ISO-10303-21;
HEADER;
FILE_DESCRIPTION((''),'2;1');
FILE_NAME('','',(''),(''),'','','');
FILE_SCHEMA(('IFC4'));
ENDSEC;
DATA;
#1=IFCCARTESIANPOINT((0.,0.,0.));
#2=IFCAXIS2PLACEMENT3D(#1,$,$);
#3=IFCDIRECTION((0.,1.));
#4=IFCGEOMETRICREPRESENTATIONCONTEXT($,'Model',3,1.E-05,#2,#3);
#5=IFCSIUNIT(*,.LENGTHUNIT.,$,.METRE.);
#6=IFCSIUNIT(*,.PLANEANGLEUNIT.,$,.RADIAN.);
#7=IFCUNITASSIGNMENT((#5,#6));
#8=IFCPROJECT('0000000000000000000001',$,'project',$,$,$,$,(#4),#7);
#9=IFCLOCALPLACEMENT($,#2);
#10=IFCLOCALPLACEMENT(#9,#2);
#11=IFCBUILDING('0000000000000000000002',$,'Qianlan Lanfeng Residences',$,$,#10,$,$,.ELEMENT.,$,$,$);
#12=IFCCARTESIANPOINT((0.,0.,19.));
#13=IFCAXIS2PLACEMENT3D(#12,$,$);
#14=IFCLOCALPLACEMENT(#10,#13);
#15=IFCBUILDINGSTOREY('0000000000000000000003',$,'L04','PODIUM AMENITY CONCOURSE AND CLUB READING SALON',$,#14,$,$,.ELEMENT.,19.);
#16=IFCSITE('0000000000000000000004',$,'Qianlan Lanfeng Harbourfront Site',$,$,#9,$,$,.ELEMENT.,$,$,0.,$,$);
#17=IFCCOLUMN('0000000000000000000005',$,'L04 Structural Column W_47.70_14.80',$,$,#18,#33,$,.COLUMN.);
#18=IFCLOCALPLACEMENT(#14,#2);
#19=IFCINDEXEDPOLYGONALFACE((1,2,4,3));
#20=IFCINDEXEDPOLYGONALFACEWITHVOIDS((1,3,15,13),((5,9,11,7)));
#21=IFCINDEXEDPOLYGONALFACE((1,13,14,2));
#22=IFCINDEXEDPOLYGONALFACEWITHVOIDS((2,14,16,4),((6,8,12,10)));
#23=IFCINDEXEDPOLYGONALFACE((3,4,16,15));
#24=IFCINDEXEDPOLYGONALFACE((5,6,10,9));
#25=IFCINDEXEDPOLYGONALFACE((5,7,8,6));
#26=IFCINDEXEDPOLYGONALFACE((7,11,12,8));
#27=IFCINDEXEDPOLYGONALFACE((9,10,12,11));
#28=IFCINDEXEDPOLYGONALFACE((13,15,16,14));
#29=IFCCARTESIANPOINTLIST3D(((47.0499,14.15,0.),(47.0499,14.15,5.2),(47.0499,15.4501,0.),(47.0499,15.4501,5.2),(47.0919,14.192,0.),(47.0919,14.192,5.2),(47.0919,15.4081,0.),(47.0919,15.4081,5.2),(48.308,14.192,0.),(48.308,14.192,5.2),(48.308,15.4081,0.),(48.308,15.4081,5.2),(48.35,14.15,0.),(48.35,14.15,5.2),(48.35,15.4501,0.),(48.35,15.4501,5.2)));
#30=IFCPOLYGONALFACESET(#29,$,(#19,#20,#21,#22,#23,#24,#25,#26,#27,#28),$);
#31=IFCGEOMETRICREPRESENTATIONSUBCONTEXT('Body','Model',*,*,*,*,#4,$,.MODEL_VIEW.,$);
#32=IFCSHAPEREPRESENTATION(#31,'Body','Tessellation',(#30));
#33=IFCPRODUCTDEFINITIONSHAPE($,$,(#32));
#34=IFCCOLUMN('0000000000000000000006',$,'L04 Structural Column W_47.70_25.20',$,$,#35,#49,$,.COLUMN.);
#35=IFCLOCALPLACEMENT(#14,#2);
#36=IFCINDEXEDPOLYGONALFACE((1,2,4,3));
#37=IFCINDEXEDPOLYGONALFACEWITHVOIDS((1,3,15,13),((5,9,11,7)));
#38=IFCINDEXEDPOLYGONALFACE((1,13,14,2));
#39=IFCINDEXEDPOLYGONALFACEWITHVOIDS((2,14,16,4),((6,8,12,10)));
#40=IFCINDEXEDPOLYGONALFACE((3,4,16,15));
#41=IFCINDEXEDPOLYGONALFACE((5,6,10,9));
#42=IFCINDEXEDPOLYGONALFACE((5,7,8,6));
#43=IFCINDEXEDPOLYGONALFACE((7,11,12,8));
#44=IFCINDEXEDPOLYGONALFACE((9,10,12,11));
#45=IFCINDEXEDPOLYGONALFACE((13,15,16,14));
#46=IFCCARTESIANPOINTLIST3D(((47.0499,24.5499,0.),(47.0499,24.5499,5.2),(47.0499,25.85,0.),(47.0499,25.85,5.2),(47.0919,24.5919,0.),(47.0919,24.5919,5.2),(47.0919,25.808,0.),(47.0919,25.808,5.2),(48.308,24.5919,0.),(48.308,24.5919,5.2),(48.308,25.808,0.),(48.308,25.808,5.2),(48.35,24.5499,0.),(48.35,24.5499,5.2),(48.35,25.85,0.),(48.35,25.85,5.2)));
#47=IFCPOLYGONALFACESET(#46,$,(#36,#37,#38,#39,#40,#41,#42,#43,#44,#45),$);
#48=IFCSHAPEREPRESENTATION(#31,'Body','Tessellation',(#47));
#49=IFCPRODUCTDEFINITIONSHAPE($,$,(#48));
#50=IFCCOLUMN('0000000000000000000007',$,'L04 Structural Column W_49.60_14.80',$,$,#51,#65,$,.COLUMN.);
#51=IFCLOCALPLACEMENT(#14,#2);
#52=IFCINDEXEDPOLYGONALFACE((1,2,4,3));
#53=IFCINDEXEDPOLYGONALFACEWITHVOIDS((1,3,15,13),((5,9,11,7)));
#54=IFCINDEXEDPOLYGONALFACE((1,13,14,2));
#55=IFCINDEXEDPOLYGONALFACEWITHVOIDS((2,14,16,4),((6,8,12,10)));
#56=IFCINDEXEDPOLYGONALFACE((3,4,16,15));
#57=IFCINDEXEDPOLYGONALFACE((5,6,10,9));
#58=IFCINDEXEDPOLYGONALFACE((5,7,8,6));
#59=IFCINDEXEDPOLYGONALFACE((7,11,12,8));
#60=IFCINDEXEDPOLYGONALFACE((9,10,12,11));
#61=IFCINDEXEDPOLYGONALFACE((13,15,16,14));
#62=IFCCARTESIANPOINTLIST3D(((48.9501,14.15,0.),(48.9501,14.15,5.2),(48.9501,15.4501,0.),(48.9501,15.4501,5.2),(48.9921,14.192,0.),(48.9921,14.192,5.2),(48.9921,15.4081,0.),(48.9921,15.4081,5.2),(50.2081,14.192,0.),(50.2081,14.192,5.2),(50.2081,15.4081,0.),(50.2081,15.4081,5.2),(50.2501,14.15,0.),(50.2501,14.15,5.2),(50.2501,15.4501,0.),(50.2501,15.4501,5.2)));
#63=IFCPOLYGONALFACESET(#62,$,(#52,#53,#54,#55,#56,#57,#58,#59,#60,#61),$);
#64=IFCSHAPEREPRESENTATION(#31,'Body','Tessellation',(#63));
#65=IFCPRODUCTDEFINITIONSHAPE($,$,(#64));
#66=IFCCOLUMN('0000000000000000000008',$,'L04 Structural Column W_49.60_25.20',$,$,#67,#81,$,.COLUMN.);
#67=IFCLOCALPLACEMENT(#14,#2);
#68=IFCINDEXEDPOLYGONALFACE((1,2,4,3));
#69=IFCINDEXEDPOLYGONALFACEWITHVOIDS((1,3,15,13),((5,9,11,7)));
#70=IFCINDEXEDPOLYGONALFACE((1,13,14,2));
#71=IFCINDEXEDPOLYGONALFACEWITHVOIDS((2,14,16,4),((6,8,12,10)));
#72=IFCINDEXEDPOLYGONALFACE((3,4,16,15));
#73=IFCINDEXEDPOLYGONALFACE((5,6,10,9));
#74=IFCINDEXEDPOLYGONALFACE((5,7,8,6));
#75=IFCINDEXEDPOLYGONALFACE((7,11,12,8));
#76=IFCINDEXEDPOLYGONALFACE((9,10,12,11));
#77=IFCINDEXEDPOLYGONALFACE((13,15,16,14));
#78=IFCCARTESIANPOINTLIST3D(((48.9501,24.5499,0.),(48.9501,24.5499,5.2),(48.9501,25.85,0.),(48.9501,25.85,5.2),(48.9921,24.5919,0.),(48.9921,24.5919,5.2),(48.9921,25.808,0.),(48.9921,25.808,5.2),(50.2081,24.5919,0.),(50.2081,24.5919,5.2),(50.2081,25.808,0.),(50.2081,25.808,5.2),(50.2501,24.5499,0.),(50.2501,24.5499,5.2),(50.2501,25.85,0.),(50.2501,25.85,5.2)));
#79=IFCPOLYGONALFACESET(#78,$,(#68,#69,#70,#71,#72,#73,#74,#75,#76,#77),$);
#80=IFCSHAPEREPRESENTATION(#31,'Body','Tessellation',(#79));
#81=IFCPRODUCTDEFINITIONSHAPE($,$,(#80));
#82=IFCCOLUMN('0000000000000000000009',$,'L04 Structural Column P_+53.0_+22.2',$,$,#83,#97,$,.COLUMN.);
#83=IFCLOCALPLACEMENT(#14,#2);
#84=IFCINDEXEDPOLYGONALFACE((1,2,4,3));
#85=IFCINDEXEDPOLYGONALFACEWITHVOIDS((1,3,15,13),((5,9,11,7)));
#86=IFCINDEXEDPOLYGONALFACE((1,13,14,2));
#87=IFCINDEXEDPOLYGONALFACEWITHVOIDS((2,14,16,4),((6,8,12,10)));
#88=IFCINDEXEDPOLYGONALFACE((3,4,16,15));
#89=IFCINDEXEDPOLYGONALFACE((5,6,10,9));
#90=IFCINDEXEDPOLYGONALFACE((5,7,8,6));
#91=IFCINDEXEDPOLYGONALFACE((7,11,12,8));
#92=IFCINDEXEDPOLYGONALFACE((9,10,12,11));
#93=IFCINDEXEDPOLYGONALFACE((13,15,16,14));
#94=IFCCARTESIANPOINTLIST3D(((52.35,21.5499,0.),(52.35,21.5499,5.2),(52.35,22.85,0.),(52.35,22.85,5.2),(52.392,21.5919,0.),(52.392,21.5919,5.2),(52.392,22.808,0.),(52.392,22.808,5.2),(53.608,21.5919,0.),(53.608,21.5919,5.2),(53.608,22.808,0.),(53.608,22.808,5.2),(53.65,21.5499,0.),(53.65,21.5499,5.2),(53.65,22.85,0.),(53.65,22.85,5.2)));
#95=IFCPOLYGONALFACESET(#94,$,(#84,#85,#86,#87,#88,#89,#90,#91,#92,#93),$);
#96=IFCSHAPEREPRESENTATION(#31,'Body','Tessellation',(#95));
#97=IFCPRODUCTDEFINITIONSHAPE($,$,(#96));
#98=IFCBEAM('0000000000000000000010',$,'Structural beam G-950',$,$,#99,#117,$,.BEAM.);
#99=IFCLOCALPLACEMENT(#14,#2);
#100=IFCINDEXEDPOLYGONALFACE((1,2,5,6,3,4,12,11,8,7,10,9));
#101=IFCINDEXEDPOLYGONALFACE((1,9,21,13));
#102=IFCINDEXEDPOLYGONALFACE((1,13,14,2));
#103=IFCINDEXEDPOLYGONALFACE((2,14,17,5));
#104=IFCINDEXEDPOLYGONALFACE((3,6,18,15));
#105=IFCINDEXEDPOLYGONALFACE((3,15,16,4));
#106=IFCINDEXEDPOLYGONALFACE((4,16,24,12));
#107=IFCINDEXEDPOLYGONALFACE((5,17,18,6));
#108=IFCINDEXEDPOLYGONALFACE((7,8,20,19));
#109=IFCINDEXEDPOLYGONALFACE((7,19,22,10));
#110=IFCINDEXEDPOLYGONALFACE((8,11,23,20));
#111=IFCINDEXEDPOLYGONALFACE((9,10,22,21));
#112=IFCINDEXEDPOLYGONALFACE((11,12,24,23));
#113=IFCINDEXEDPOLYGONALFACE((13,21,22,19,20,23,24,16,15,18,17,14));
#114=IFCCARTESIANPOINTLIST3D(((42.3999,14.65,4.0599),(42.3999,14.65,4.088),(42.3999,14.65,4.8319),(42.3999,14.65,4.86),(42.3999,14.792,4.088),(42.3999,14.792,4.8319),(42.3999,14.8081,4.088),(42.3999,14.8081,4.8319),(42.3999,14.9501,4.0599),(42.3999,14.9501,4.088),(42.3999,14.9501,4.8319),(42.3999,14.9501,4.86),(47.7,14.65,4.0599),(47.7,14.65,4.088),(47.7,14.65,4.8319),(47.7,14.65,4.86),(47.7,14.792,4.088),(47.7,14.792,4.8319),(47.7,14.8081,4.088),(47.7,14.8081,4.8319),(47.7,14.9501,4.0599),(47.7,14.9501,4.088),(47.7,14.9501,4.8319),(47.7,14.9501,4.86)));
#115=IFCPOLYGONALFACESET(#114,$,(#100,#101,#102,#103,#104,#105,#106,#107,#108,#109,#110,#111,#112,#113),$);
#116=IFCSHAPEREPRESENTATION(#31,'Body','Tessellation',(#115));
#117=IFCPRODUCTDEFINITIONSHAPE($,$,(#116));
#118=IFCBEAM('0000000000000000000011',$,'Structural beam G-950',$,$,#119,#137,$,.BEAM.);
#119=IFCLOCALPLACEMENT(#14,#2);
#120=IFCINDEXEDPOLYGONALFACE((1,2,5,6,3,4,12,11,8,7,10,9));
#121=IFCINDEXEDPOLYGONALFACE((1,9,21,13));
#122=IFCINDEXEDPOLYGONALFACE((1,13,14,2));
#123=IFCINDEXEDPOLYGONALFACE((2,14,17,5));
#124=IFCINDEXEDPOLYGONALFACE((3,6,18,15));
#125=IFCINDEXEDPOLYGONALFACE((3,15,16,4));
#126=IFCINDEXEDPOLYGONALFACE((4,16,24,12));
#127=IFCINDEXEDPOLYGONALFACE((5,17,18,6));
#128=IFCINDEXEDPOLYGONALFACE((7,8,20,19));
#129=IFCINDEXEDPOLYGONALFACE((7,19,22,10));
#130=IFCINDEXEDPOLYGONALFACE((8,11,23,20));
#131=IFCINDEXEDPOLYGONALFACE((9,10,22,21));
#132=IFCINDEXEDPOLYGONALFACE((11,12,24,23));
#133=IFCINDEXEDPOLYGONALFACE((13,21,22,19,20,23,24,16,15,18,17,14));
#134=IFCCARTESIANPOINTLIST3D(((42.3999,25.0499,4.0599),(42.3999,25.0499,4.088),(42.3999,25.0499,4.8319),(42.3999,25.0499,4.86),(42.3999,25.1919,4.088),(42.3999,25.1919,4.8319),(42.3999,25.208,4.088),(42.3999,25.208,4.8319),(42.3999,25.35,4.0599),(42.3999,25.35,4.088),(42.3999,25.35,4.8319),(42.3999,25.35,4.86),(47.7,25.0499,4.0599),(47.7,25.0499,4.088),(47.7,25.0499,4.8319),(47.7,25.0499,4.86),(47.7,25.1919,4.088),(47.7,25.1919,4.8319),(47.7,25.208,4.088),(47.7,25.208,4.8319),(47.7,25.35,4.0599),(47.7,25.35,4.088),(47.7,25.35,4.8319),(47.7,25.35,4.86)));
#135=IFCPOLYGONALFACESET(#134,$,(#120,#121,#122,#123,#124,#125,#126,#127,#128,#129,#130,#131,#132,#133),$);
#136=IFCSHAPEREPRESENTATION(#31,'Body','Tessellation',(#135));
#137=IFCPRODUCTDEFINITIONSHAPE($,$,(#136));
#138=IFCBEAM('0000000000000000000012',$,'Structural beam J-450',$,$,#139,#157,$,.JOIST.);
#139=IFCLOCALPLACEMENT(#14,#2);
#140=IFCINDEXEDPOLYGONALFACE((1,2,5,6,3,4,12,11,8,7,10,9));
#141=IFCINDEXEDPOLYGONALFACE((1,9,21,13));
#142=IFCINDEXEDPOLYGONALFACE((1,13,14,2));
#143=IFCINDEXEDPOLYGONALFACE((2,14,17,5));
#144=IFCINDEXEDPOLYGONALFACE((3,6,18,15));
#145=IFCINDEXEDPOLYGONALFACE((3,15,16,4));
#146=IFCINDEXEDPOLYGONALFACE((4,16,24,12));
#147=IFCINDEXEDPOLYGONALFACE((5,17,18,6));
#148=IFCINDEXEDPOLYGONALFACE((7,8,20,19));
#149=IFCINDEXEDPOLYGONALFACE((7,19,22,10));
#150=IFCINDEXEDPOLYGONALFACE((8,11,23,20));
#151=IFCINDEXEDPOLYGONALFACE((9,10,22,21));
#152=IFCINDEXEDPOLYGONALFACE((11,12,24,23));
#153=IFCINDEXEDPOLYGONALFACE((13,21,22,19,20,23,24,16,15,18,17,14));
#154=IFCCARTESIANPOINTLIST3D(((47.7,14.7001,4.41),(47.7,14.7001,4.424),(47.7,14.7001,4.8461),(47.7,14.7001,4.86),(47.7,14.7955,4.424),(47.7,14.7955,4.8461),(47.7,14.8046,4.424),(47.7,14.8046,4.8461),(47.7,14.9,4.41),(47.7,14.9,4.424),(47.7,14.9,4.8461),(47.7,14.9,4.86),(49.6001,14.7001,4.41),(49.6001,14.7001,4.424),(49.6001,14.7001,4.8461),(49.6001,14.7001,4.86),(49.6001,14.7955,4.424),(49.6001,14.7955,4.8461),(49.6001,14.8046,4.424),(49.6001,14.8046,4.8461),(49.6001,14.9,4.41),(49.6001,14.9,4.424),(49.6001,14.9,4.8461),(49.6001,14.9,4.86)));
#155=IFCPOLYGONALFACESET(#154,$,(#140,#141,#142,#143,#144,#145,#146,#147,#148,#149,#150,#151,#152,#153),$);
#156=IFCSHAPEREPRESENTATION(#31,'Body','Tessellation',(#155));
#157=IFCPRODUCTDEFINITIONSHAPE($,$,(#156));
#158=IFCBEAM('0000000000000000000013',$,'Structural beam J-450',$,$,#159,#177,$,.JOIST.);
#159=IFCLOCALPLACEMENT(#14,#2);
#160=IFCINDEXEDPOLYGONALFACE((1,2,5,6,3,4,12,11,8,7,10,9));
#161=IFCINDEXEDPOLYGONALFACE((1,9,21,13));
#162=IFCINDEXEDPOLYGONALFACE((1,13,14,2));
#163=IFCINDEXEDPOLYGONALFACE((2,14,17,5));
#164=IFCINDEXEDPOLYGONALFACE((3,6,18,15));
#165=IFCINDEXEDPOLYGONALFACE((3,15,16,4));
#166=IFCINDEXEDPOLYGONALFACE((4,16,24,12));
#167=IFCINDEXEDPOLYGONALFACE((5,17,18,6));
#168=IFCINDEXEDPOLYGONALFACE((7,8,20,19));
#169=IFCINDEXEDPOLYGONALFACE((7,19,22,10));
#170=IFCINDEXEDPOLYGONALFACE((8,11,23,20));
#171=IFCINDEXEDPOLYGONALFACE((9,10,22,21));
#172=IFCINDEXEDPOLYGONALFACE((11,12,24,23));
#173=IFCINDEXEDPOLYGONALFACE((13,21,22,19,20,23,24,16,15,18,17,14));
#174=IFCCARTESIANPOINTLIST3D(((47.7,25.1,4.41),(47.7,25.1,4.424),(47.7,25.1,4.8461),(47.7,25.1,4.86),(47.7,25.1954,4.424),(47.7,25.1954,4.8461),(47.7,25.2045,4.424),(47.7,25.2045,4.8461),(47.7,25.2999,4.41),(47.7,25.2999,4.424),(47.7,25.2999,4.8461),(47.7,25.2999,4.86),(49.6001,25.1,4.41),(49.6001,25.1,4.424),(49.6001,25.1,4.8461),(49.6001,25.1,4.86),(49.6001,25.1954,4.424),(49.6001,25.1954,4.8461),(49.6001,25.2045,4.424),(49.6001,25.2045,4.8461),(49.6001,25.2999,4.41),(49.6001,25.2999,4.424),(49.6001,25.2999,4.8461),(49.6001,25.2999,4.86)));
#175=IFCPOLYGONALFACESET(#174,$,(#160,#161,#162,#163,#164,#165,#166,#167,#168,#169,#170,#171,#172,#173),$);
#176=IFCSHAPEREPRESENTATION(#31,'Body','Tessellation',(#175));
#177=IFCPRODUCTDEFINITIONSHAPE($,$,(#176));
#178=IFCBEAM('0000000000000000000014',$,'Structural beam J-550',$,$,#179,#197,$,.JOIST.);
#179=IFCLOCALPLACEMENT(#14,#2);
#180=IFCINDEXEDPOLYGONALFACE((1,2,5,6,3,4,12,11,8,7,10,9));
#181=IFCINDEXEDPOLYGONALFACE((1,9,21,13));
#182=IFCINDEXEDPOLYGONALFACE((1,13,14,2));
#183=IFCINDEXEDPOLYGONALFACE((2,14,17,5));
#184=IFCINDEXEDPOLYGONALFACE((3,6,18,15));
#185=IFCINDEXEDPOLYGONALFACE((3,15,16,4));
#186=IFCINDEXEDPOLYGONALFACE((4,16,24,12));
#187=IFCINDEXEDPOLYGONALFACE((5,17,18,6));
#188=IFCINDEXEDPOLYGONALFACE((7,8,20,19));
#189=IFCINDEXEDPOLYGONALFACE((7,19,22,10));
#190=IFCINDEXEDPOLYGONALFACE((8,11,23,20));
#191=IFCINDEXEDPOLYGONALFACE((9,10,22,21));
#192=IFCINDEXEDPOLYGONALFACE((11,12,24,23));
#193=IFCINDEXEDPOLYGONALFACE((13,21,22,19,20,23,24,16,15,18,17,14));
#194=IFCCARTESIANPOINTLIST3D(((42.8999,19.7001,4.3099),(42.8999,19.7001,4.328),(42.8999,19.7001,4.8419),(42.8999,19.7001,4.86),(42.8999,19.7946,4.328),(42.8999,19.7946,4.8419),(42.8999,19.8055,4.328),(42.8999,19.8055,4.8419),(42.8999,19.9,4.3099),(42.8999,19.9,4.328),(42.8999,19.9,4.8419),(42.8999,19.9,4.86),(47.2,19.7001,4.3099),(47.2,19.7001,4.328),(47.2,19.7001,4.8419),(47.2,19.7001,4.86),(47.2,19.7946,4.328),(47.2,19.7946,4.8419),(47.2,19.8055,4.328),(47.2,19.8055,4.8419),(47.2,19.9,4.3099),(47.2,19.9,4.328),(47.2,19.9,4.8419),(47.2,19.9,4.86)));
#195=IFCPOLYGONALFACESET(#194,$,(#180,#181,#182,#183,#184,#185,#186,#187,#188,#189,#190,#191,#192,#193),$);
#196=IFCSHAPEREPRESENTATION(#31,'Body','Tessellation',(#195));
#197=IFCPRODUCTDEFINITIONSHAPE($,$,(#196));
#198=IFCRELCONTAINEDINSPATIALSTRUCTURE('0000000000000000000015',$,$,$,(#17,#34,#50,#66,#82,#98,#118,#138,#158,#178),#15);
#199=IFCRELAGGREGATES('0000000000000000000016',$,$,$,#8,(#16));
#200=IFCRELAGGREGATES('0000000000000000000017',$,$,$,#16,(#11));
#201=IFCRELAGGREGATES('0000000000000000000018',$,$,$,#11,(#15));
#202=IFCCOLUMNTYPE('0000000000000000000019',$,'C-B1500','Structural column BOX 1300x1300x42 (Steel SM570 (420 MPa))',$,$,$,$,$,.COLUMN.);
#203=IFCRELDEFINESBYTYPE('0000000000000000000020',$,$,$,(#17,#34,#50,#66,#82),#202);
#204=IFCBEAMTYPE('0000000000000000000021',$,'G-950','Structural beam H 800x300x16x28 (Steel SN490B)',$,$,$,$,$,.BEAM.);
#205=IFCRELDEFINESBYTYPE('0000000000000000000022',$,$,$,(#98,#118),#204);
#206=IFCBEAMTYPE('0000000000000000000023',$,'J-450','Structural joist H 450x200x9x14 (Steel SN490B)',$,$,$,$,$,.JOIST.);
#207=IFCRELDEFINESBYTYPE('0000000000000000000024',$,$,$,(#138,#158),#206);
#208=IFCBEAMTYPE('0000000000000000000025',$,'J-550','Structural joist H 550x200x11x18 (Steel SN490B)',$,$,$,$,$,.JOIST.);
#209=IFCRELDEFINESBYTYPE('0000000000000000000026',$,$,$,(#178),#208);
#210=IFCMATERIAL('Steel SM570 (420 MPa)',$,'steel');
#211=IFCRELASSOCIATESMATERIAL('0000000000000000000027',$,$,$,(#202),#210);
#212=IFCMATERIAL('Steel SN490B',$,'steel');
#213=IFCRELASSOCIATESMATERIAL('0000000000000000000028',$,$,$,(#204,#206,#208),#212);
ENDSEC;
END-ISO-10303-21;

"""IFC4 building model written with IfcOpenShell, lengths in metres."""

from ifc_helpers import new_model, si_unit, direction, frame, origin, origin_2d, place, context, subcontext, project, spatial, hollow_rectangle, i_section, extrude, material, material_profile, profile_set, type_object, element, save


model = new_model("IFC4")

# Units and contexts
model_context = context("Model", 3, precision=1e-05, world=origin(), true_north=direction((0.0, 1.0)))
body_context = subcontext(model_context, "Body", "Model", "MODEL_VIEW")
ifc_project = project(units=[si_unit("LENGTHUNIT", "METRE"), si_unit("PLANEANGLEUNIT", "RADIAN")], contexts=[model_context])

# Site, building, storey
site_placement = place(None, origin())
site = spatial("IfcSite", under=ifc_project, at=site_placement, Name="Qianlan Lanfeng Harbourfront Site", CompositionType="ELEMENT", RefElevation=0.0)
building_placement = place(site_placement, origin())
building = spatial("IfcBuilding", under=site, at=building_placement, Name="Qianlan Lanfeng Residences", CompositionType="ELEMENT")
storey_placement = place(building_placement, frame((0.0, 0.0, 19.0)))
storey = spatial("IfcBuildingStorey", under=building, at=storey_placement, Name="L04", Description="PODIUM AMENITY CONCOURSE AND CLUB READING SALON", CompositionType="ELEMENT", Elevation=19.0)

# Columns
ifc_material_1 = material(Name="Steel SM570 (420 MPa)", Category="steel")
ifc_material_profile_1 = material_profile(ifc_material_1, hollow_rectangle(XDim=1.3, YDim=1.3, WallThickness=0.042, at=origin_2d()), Name="BOX 1300x1300x42")
ifc_profile_set_1 = profile_set([ifc_material_profile_1], Name="Steel SM570 (420 MPa)")
column_type = type_object("IfcColumnType", Name="C-B1500", Description="Structural column BOX 1300x1300x42 (Steel SM570 (420 MPa))", PredefinedType="COLUMN", material=ifc_profile_set_1)
for number, where, z_axis, x_axis, name in (
    (1, (47.7, 14.8, 0.0), (0.0, 0.0, 1.0), (1.0, 0.0, 0.0), "L04 Structural Column W_47.70_14.80"),
    (2, (47.7, 25.2, 0.0), (0.0, 0.0, 1.0), (1.0, 0.0, 0.0), "L04 Structural Column W_47.70_25.20"),
    (3, (49.6001, 14.8, 0.0), (0.0, 0.0, 1.0), (1.0, 0.0, 0.0), "L04 Structural Column W_49.60_14.80"),
    (4, (49.6001, 25.2, 0.0), (0.0, 0.0, 1.0), (1.0, 0.0, 0.0), "L04 Structural Column W_49.60_25.20"),
    (5, (53.0, 22.2, 0.0), (0.0, 0.0, 1.0), (1.0, 0.0, 0.0), "L04 Structural Column P_+53.0_+22.2"),
):
    element("IfcColumn", number, at=place(storey_placement, frame(where, z_axis=z_axis, x_axis=x_axis)), inside=storey, type_object=column_type, Name=name, PredefinedType="COLUMN", context=body_context, shape_type="SweptSolid", body=[
        extrude(hollow_rectangle(XDim=1.3, YDim=1.3, WallThickness=0.042, at=origin_2d()), origin(), (0.0, 0.0, 1.0), 5.2),
    ])

# Beams
ifc_material_2 = material(Name="Steel SN490B", Category="steel")
ifc_material_profile_2 = material_profile(ifc_material_2, i_section(OverallWidth=0.3, OverallDepth=0.8, WebThickness=0.0161, FlangeThickness=0.0281, at=origin_2d()), Name="H 800x300x16x28")
ifc_profile_set_2 = profile_set([ifc_material_profile_2], Name="Steel SN490B")
beam_type_1 = type_object("IfcBeamType", Name="G-950", Description="Structural beam H 800x300x16x28 (Steel SN490B)", PredefinedType="BEAM", material=ifc_profile_set_2)
for number, where, z_axis, x_axis, name in (
    (6, (42.3999, 14.8, 4.46), (1.0, 0.0, 0.0), (0.0, 1.0, 0.0), "Structural beam G-950"),
    (7, (42.3999, 25.2, 4.46), (1.0, 0.0, 0.0), (0.0, 1.0, 0.0), "Structural beam G-950"),
):
    element("IfcBeam", number, at=place(storey_placement, frame(where, z_axis=z_axis, x_axis=x_axis)), inside=storey, type_object=beam_type_1, Name=name, PredefinedType="BEAM", context=body_context, shape_type="SweptSolid", body=[
        extrude(i_section(OverallWidth=0.3, OverallDepth=0.8, WebThickness=0.0161, FlangeThickness=0.0281, at=origin_2d()), origin(), (0.0, 0.0, 1.0), 5.3),
    ])
ifc_material_profile_3 = material_profile(ifc_material_2, i_section(OverallWidth=0.2, OverallDepth=0.45, WebThickness=0.009, FlangeThickness=0.0139, at=origin_2d()), Name="H 450x200x9x14")
ifc_profile_set_3 = profile_set([ifc_material_profile_3], Name="Steel SN490B")
beam_type_2 = type_object("IfcBeamType", Name="J-450", Description="Structural joist H 450x200x9x14 (Steel SN490B)", PredefinedType="JOIST", material=ifc_profile_set_3)
for number, where, z_axis, x_axis, name in (
    (8, (47.7, 14.8, 4.635), (1.0, 0.0, 0.0), (0.0, 1.0, 0.0), "Structural beam J-450"),
    (9, (47.7, 25.2, 4.635), (1.0, 0.0, 0.0), (0.0, 1.0, 0.0), "Structural beam J-450"),
):
    element("IfcBeam", number, at=place(storey_placement, frame(where, z_axis=z_axis, x_axis=x_axis)), inside=storey, type_object=beam_type_2, Name=name, PredefinedType="JOIST", context=body_context, shape_type="SweptSolid", body=[
        extrude(i_section(OverallWidth=0.2, OverallDepth=0.45, WebThickness=0.009, FlangeThickness=0.0139, at=origin_2d()), origin(), (0.0, 0.0, 1.0), 1.9001),
    ])
ifc_material_profile_4 = material_profile(ifc_material_2, i_section(OverallWidth=0.2, OverallDepth=0.55, WebThickness=0.011, FlangeThickness=0.0181, at=origin_2d()), Name="H 550x200x11x18")
ifc_profile_set_4 = profile_set([ifc_material_profile_4], Name="Steel SN490B")
beam_type_3 = type_object("IfcBeamType", Name="J-550", Description="Structural joist H 550x200x11x18 (Steel SN490B)", PredefinedType="JOIST", material=ifc_profile_set_4)
beam_1_placement = place(storey_placement, frame((42.8999, 19.8, 4.585), z_axis=(1.0, 0.0, 0.0), x_axis=(0.0, 1.0, 0.0)))
element("IfcBeam", 10, at=beam_1_placement, inside=storey, type_object=beam_type_3, Name="Structural beam J-550", PredefinedType="JOIST", context=body_context, shape_type="SweptSolid", body=[
    extrude(i_section(OverallWidth=0.2, OverallDepth=0.55, WebThickness=0.011, FlangeThickness=0.0181, at=origin_2d()), origin(), (0.0, 0.0, 1.0), 4.3),
])

save(model, "model.ifc")
